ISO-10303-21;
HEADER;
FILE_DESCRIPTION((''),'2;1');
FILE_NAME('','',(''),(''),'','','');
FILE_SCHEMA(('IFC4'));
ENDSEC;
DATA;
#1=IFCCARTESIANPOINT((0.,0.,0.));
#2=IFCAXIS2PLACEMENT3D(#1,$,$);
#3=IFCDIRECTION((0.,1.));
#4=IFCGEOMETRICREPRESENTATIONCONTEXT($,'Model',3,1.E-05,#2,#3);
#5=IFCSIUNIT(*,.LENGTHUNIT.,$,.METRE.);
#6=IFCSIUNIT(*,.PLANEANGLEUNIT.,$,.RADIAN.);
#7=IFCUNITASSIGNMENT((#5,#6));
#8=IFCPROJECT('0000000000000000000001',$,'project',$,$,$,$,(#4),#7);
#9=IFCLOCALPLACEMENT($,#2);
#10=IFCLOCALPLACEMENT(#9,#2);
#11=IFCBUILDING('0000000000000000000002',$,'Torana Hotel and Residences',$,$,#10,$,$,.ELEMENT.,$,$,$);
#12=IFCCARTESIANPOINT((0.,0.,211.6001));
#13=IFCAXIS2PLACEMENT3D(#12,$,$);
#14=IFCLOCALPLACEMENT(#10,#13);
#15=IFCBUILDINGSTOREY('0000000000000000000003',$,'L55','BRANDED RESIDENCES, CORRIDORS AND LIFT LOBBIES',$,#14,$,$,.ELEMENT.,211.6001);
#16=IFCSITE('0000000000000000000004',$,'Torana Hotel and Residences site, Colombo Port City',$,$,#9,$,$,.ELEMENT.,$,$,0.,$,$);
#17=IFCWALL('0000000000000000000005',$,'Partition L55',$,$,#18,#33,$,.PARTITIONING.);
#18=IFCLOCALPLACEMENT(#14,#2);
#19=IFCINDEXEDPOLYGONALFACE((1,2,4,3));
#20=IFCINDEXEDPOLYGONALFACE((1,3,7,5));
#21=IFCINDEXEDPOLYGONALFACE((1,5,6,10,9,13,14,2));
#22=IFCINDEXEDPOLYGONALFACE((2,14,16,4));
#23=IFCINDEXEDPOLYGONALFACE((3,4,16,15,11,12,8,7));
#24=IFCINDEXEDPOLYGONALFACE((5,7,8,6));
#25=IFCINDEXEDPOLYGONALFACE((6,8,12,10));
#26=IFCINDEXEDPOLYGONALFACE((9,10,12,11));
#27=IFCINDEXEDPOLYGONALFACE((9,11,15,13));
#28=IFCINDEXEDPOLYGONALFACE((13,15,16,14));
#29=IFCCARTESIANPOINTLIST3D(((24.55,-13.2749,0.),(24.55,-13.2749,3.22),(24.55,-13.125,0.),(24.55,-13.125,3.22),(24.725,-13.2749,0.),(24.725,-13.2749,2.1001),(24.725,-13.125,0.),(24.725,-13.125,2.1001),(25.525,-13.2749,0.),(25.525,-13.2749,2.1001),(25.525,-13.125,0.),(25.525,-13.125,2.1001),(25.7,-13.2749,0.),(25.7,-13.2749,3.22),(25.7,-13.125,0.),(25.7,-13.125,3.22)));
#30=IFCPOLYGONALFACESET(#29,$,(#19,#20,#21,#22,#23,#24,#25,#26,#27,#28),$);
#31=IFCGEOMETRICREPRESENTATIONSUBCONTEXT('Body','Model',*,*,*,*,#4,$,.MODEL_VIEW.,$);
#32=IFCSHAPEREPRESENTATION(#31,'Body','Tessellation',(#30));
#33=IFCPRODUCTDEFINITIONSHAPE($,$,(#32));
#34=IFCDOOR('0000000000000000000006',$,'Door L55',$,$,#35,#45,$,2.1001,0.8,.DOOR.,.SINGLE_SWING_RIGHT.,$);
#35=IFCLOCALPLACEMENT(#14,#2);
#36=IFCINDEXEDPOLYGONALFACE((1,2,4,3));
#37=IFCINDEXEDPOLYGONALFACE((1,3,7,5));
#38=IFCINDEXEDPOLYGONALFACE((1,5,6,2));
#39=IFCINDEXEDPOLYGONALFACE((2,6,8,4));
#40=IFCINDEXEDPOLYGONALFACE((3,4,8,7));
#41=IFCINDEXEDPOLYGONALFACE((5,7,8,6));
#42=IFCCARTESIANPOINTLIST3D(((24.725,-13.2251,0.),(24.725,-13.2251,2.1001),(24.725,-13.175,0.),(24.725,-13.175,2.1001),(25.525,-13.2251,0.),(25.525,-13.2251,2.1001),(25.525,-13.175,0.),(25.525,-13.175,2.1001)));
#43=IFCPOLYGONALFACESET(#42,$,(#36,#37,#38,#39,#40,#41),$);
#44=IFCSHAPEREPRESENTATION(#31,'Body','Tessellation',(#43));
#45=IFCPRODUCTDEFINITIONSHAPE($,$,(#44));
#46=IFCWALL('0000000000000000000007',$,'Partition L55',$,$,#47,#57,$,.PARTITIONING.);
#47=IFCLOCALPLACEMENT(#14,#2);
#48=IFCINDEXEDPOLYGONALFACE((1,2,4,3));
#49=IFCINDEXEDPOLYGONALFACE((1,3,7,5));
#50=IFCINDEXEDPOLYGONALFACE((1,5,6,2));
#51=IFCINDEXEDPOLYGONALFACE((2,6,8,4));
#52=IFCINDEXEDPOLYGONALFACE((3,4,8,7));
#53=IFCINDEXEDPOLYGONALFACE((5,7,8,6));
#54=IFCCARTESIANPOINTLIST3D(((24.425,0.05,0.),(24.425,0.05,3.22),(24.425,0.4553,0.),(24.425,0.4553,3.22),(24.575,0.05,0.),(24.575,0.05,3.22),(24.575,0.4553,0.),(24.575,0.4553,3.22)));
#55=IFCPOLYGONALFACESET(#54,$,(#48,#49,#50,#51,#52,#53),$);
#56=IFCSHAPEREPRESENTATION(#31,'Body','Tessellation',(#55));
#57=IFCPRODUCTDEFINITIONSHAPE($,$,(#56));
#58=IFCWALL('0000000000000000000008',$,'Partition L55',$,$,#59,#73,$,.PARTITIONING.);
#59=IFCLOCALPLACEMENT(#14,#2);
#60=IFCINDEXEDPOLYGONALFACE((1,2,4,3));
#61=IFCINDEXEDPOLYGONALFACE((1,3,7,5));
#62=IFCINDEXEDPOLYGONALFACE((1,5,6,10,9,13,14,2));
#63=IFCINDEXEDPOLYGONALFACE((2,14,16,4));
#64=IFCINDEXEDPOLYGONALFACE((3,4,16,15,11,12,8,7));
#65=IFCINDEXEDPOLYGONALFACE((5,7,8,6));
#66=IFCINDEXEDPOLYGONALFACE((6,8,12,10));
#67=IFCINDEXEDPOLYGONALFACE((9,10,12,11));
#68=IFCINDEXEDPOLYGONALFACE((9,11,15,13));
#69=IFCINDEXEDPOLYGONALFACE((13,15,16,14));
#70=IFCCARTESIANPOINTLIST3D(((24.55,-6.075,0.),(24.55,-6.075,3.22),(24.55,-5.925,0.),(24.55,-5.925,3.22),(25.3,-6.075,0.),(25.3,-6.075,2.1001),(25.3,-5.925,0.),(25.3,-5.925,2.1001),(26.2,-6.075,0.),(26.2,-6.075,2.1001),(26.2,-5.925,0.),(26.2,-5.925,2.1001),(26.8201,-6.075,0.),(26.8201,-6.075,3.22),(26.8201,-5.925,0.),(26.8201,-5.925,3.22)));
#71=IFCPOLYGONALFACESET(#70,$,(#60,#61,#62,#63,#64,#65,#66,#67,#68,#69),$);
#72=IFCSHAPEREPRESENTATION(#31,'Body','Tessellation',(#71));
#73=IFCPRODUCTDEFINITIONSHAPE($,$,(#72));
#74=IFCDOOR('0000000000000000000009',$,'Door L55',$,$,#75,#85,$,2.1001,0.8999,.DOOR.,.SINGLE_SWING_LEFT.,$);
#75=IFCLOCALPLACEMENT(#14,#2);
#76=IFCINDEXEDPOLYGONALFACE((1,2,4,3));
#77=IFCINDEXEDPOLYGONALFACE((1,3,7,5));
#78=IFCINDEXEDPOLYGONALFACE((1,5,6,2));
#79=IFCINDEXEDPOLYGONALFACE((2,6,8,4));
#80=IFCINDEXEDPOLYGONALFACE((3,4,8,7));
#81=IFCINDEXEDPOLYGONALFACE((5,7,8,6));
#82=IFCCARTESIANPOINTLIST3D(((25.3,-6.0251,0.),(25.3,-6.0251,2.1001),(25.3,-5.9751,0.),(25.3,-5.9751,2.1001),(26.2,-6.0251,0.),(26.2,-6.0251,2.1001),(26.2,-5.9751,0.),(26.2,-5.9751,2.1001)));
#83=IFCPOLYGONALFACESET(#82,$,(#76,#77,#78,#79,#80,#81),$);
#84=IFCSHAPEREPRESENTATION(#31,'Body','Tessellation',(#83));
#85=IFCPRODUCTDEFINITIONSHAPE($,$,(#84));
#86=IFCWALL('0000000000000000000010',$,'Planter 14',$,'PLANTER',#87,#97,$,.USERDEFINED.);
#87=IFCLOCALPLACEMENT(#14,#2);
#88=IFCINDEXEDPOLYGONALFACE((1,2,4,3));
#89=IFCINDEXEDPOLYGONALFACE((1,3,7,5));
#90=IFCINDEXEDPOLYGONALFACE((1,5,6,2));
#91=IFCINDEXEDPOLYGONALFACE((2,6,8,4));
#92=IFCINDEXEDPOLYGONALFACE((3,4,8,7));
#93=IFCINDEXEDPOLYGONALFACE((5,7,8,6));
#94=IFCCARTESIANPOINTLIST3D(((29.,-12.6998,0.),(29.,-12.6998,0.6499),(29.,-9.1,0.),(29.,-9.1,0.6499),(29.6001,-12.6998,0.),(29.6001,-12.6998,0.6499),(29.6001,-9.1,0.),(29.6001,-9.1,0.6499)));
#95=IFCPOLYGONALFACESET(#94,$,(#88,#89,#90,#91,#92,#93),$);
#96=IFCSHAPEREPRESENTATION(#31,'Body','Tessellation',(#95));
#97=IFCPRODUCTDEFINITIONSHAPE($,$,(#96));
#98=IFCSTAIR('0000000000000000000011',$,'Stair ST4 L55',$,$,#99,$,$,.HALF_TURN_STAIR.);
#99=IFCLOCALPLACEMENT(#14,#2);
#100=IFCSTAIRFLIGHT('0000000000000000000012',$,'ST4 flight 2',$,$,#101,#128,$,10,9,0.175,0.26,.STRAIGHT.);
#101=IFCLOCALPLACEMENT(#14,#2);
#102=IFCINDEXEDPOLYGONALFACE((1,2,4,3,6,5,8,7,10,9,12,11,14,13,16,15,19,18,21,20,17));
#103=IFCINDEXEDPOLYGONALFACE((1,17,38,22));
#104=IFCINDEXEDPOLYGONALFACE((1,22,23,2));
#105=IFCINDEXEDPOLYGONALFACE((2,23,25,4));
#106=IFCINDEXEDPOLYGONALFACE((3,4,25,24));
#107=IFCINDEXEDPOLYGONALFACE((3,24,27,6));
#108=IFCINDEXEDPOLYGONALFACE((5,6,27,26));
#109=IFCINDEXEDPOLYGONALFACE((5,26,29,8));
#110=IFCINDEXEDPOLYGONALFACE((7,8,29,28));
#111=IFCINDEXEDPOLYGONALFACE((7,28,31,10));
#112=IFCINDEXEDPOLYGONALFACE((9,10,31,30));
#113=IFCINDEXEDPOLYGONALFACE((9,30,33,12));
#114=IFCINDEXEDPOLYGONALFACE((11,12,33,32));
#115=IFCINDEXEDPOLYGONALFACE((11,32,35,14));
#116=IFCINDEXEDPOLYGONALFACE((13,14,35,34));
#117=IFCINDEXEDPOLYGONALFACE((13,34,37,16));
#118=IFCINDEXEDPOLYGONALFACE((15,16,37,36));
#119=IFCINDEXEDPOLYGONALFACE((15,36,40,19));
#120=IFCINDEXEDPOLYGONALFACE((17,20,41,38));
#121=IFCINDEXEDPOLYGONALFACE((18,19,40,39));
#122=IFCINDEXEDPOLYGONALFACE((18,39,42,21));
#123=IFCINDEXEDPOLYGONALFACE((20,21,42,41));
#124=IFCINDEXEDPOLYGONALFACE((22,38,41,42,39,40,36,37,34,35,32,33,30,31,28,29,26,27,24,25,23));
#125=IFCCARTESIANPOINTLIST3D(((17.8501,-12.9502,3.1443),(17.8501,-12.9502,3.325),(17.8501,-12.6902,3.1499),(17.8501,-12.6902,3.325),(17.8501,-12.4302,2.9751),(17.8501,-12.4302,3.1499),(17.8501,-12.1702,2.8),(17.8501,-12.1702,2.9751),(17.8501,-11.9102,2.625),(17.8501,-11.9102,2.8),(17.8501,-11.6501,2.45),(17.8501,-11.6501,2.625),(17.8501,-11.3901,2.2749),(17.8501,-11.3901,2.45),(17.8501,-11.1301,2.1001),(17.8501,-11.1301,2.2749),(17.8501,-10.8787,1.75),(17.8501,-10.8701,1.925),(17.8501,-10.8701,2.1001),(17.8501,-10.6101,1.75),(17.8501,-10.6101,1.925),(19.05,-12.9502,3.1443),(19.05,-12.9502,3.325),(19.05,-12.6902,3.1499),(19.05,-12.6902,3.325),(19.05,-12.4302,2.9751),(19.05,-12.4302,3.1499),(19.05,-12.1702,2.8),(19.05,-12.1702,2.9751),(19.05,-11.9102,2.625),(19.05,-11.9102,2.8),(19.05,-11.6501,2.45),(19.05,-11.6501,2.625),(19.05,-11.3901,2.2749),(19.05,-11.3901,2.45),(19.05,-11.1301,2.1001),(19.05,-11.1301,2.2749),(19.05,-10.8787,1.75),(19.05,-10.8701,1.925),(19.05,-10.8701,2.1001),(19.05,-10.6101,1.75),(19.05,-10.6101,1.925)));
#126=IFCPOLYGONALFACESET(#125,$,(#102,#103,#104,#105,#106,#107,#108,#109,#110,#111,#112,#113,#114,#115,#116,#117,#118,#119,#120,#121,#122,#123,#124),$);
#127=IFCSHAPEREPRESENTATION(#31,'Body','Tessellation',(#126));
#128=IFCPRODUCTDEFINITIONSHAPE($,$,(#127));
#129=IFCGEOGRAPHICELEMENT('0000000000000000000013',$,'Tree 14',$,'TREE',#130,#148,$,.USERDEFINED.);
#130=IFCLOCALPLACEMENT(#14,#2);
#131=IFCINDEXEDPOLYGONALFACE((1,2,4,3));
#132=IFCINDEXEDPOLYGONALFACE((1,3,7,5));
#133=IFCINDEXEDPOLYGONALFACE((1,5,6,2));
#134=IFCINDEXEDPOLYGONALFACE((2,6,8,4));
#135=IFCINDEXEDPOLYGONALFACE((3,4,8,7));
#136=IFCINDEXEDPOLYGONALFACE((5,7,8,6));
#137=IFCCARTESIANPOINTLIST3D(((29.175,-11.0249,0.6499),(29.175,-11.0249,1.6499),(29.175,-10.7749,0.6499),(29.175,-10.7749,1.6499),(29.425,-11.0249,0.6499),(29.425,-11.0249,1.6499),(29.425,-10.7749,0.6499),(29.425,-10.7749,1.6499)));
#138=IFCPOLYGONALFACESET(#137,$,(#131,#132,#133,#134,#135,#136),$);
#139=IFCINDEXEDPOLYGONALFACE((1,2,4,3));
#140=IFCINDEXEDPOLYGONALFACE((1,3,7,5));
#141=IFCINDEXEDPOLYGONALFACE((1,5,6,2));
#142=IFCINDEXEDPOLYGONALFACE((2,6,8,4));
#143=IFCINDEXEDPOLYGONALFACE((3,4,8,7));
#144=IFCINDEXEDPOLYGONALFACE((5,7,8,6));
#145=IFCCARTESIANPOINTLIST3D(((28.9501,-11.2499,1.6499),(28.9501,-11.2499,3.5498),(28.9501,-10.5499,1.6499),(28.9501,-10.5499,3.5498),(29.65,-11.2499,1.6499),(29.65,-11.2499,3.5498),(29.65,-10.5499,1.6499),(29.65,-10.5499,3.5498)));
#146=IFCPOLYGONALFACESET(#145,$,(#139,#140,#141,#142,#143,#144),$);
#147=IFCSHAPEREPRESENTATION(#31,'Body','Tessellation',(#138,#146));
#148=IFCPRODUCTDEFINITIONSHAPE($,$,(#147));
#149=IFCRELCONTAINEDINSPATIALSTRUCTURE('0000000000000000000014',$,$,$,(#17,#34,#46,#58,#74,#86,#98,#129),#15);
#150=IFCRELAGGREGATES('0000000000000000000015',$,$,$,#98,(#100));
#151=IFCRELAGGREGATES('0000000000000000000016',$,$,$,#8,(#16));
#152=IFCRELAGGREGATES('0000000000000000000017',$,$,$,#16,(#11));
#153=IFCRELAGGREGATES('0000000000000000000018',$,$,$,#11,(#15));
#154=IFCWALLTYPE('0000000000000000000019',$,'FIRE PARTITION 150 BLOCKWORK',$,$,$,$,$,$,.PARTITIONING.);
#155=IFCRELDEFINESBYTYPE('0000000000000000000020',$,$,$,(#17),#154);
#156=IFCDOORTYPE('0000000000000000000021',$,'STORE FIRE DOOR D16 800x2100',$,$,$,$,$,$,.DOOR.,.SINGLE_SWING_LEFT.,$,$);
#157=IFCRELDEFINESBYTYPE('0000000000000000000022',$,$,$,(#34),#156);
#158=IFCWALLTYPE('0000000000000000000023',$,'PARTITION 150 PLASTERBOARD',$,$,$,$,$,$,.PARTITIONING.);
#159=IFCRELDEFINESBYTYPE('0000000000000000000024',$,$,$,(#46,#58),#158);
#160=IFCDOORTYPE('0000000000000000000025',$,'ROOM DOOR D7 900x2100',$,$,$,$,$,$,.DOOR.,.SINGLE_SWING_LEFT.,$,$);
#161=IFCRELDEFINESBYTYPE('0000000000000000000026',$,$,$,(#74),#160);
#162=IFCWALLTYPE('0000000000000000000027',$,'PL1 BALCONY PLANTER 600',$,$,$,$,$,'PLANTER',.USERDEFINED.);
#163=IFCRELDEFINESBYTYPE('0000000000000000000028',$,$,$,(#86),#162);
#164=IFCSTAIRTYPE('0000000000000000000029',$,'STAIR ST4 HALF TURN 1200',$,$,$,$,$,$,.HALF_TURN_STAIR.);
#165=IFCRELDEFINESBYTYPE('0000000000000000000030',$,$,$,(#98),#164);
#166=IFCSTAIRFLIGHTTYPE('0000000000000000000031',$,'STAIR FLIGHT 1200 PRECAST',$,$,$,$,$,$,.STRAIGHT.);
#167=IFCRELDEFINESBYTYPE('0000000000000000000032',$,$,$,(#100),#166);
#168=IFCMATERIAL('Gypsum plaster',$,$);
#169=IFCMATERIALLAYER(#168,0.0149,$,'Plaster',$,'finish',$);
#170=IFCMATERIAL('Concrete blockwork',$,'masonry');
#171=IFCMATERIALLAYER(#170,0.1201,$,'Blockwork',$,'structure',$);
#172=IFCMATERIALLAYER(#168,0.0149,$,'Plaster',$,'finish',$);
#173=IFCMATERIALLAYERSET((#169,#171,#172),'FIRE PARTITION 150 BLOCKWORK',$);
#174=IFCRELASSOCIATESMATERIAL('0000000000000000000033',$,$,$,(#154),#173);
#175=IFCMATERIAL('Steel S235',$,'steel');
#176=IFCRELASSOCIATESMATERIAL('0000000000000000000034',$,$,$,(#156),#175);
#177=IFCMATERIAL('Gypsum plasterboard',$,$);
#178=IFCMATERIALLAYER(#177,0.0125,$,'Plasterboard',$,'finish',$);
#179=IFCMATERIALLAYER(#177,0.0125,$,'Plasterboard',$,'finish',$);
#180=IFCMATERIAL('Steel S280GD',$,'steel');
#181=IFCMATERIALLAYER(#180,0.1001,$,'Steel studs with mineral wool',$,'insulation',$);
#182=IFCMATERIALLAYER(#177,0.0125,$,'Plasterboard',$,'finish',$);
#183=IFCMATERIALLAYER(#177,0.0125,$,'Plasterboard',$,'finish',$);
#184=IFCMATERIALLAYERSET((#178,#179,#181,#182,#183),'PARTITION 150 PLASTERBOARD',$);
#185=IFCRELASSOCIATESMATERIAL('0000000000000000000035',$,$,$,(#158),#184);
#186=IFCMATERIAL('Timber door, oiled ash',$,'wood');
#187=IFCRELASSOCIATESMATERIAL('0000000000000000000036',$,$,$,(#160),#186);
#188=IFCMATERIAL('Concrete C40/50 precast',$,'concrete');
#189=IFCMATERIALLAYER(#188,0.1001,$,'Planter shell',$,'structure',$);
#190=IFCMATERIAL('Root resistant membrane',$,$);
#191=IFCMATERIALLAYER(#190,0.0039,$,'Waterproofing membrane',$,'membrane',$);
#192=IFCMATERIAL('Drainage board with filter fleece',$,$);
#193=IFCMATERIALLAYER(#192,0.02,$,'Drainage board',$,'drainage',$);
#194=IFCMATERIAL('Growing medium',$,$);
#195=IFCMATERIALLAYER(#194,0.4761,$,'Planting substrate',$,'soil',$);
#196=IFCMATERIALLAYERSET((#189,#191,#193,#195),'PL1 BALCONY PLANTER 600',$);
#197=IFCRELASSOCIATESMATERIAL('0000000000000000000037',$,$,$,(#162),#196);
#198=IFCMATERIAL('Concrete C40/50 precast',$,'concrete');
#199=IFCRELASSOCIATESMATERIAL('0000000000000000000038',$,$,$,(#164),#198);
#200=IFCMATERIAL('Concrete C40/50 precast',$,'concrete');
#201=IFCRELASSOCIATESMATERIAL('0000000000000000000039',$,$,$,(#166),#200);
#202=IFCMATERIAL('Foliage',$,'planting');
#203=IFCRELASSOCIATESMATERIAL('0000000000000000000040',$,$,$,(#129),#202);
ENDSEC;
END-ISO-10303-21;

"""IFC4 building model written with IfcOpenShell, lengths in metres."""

from ifc_helpers import new_model, si_unit, direction, frame, frame_2d, origin, origin_2d, place, context, subcontext, project, spatial, polyline, rectangle, outline, extrude, material, layer, layer_set, type_object, element, fill, aggregate, save


model = new_model("IFC4")

# Units and contexts
model_context = context("Model", 3, precision=1e-05, world=origin(), true_north=direction((0.0, 1.0)))
body_context = subcontext(model_context, "Body", "Model", "MODEL_VIEW")
ifc_project = project(units=[si_unit("LENGTHUNIT", "METRE"), si_unit("PLANEANGLEUNIT", "RADIAN")], contexts=[model_context])

# Site, building, storey
site_placement = place(None, origin())
site = spatial("IfcSite", under=ifc_project, at=site_placement, Name="Torana Hotel and Residences site, Colombo Port City", CompositionType="ELEMENT", RefElevation=0.0)
building_placement = place(site_placement, origin())
building = spatial("IfcBuilding", under=site, at=building_placement, Name="Torana Hotel and Residences", CompositionType="ELEMENT")
storey_placement = place(building_placement, frame((0.0, 0.0, 211.6001)))
storey = spatial("IfcBuildingStorey", under=building, at=storey_placement, Name="L55", Description="BRANDED RESIDENCES, CORRIDORS AND LIFT LOBBIES", CompositionType="ELEMENT", Elevation=211.6001)

# Shared definitions
ifc_material_1 = material(Name="Steel S280GD", Category="steel")

# Shared definitions
ifc_material_2 = material(Name="Concrete C40/50 precast", Category="concrete")

# Wall, opening, door
ifc_material_3 = material(Name="Gypsum plaster")
ifc_layer_1 = layer(ifc_material_3, 0.0149, Name="Plaster", Category="finish")
ifc_material_4 = material(Name="Concrete blockwork", Category="masonry")
ifc_layer_2 = layer(ifc_material_4, 0.1201, Name="Blockwork", Category="structure")
ifc_layer_3 = layer(ifc_material_3, 0.0149, Name="Plaster", Category="finish")
ifc_layer_set_1 = layer_set([ifc_layer_1, ifc_layer_2, ifc_layer_3], Name="FIRE PARTITION 150 BLOCKWORK")
wall_type_1 = type_object("IfcWallType", Name="FIRE PARTITION 150 BLOCKWORK", PredefinedType="PARTITIONING", material=ifc_layer_set_1)
wall_1_placement = place(storey_placement, frame((24.55, -13.2, 0.0), z_axis=(0.0, 0.0, 1.0), x_axis=(1.0, 0.0, 0.0)))
wall_1 = element("IfcWall", 1, at=wall_1_placement, inside=storey, type_object=wall_type_1, Name="Partition L55", PredefinedType="PARTITIONING", context=body_context, shape_type="SweptSolid", body=[
    extrude(rectangle(XDim=1.1499, YDim=0.1499, at=frame_2d((0.575, 0.0))), origin(), (0.0, 0.0, 1.0), 3.22),
])
opening_1_placement = place(wall_1_placement, frame((0.175, 0.0, 0.0)))
opening_1 = element("IfcOpeningElement", 2, at=opening_1_placement, cuts=wall_1, PredefinedType="OPENING", context=body_context, shape_type="SweptSolid", body=[
    extrude(rectangle(XDim=0.8, YDim=2.1001, at=frame_2d((0.3999, 1.05))), frame((0.0, 0.085, 0.0), z_axis=(0.0, -1.0, 0.0), x_axis=(1.0, 0.0, 0.0)), (0.0, 0.0, 1.0), 0.1699),
])
ifc_material_5 = material(Name="Steel S235", Category="steel")
door_type_1 = type_object("IfcDoorType", Name="STORE FIRE DOOR D16 800x2100", OperationType="SINGLE_SWING_LEFT", PredefinedType="DOOR", material=ifc_material_5)
door_1_placement = place(opening_1_placement, origin())
door_1 = element("IfcDoor", 3, at=door_1_placement, inside=storey, type_object=door_type_1, Name="Door L55", OperationType="SINGLE_SWING_RIGHT", OverallHeight=2.1001, OverallWidth=0.8, PredefinedType="DOOR", context=body_context, shape_type="SweptSolid", body=[
    extrude(rectangle(XDim=0.8, YDim=2.1001, at=frame_2d((0.3999, 1.05))), frame((0.0, 0.0249, 0.0), z_axis=(0.0, -1.0, 0.0), x_axis=(1.0, 0.0, 0.0)), (0.0, 0.0, 1.0), 0.05),
])
fill(opening_1, door_1)

# Wall
ifc_material_6 = material(Name="Gypsum plasterboard")
ifc_layer_4 = layer(ifc_material_6, 0.0125, Name="Plasterboard", Category="finish")
ifc_layer_5 = layer(ifc_material_6, 0.0125, Name="Plasterboard", Category="finish")
ifc_layer_6 = layer(ifc_material_1, 0.1001, Name="Steel studs with mineral wool", Category="insulation")
ifc_layer_7 = layer(ifc_material_6, 0.0125, Name="Plasterboard", Category="finish")
ifc_layer_8 = layer(ifc_material_6, 0.0125, Name="Plasterboard", Category="finish")
ifc_layer_set_2 = layer_set([ifc_layer_4, ifc_layer_5, ifc_layer_6, ifc_layer_7, ifc_layer_8], Name="PARTITION 150 PLASTERBOARD")
wall_type_2 = type_object("IfcWallType", Name="PARTITION 150 PLASTERBOARD", PredefinedType="PARTITIONING", material=ifc_layer_set_2)
wall_2_placement = place(storey_placement, frame((24.5, 0.05, 0.0), z_axis=(0.0, 0.0, 1.0), x_axis=(0.0, 1.0, 0.0)))
element("IfcWall", 4, at=wall_2_placement, inside=storey, type_object=wall_type_2, Name="Partition L55", PredefinedType="PARTITIONING", context=body_context, shape_type="SweptSolid", body=[
    extrude(rectangle(XDim=0.4053, YDim=0.1499, at=frame_2d((0.2026, 0.0))), origin(), (0.0, 0.0, 1.0), 3.22),
])

# Wall, opening, door
wall_3_placement = place(storey_placement, frame((24.55, -6.0, 0.0), z_axis=(0.0, 0.0, 1.0), x_axis=(1.0, 0.0, 0.0)))
wall_3 = element("IfcWall", 5, at=wall_3_placement, inside=storey, type_object=wall_type_2, Name="Partition L55", PredefinedType="PARTITIONING", context=body_context, shape_type="SweptSolid", body=[
    extrude(rectangle(XDim=2.27, YDim=0.1499, at=frame_2d((1.135, 0.0))), origin(), (0.0, 0.0, 1.0), 3.22),
])
opening_2_placement = place(wall_3_placement, frame((0.75, 0.0, 0.0)))
opening_2 = element("IfcOpeningElement", 6, at=opening_2_placement, cuts=wall_3, PredefinedType="OPENING", context=body_context, shape_type="SweptSolid", body=[
    extrude(rectangle(XDim=0.8999, YDim=2.1001, at=frame_2d((0.45, 1.05))), frame((0.0, 0.085, 0.0), z_axis=(0.0, -1.0, 0.0), x_axis=(1.0, 0.0, 0.0)), (0.0, 0.0, 1.0), 0.1699),
])
ifc_material_7 = material(Name="Timber door, oiled ash", Category="wood")
door_type_2 = type_object("IfcDoorType", Name="ROOM DOOR D7 900x2100", OperationType="SINGLE_SWING_LEFT", PredefinedType="DOOR", material=ifc_material_7)
door_2_placement = place(opening_2_placement, origin())
door_2 = element("IfcDoor", 7, at=door_2_placement, inside=storey, type_object=door_type_2, Name="Door L55", OperationType="SINGLE_SWING_LEFT", OverallHeight=2.1001, OverallWidth=0.8999, PredefinedType="DOOR", context=body_context, shape_type="SweptSolid", body=[
    extrude(rectangle(XDim=0.8999, YDim=2.1001, at=frame_2d((0.45, 1.05))), frame((0.0, 0.0249, 0.0), z_axis=(0.0, -1.0, 0.0), x_axis=(1.0, 0.0, 0.0)), (0.0, 0.0, 1.0), 0.05),
])
fill(opening_2, door_2)

# Wall
ifc_layer_9 = layer(ifc_material_2, 0.1001, Name="Planter shell", Category="structure")
ifc_material_8 = material(Name="Root resistant membrane")
ifc_layer_10 = layer(ifc_material_8, 0.0039, Name="Waterproofing membrane", Category="membrane")
ifc_material_9 = material(Name="Drainage board with filter fleece")
ifc_layer_11 = layer(ifc_material_9, 0.02, Name="Drainage board", Category="drainage")
ifc_material_10 = material(Name="Growing medium")
ifc_layer_12 = layer(ifc_material_10, 0.4761, Name="Planting substrate", Category="soil")
ifc_layer_set_3 = layer_set([ifc_layer_9, ifc_layer_10, ifc_layer_11, ifc_layer_12], Name="PL1 BALCONY PLANTER 600")
wall_type_3 = type_object("IfcWallType", Name="PL1 BALCONY PLANTER 600", ElementType="PLANTER", PredefinedType="USERDEFINED", material=ifc_layer_set_3)
wall_4_placement = place(storey_placement, frame((29.3, -9.1001, 0.0), z_axis=(0.0, 0.0, 1.0), x_axis=(0.0, -1.0, 0.0)))
element("IfcWall", 8, at=wall_4_placement, inside=storey, type_object=wall_type_3, Name="Planter 14", ObjectType="PLANTER", PredefinedType="USERDEFINED", context=body_context, shape_type="SweptSolid", body=[
    extrude(rectangle(XDim=3.5999, YDim=0.6001, at=frame_2d((1.7998, 0.0))), origin(), (0.0, 0.0, 1.0), 0.6499),
])

# Stair, stair flight
ifc_material_11 = material(Name="Concrete C40/50 precast", Category="concrete")
stair_type = type_object("IfcStairType", Name="STAIR ST4 HALF TURN 1200", PredefinedType="HALF_TURN_STAIR", material=ifc_material_11)
stair_placement = place(storey_placement, origin())
stair = element("IfcStair", 9, at=stair_placement, inside=storey, type_object=stair_type, Name="Stair ST4 L55", PredefinedType="HALF_TURN_STAIR")
ifc_material_12 = material(Name="Concrete C40/50 precast", Category="concrete")
stair_flight_type = type_object("IfcStairFlightType", Name="STAIR FLIGHT 1200 PRECAST", PredefinedType="STRAIGHT", material=ifc_material_12)
stair_flight_placement = place(storey_placement, frame((18.45, -10.6101, 1.75), z_axis=(0.0, 0.0, 1.0), x_axis=(0.0, -1.0, 0.0)))
stair_flight = element("IfcStairFlight", 10, at=stair_flight_placement, type_object=stair_flight_type, Name="ST4 flight 2", NumberOfRisers=10, NumberOfTreads=9, PredefinedType="STRAIGHT", RiserHeight=0.175, TreadLength=0.26, context=body_context, shape_type="SweptSolid", body=[
    extrude(outline(polyline([(0.0, 0.0), (0.0, 0.175), (0.26, 0.175), (0.26, 0.3501), (0.52, 0.3501), (0.52, 0.5249), (0.78, 0.5249), (0.78, 0.7), (1.04, 0.7), (1.04, 0.875), (1.3, 0.875), (1.3, 1.05), (1.5601, 1.05), (1.5601, 1.2251), (1.8201, 1.2251), (1.8201, 1.3999), (2.0801, 1.3999), (2.0801, 1.575), (2.3401, 1.575), (2.3401, 1.75), (2.3401, 1.3943), (0.2686, 0.0), (0.0, 0.0)])), frame((0.0, 0.6001, 0.0), z_axis=(0.0, -1.0, 0.0), x_axis=(1.0, 0.0, 0.0)), (0.0, 0.0, 1.0), 1.2),
])
aggregate(stair, [stair_flight])

# Geographic element
ifc_material_13 = material(Name="Foliage", Category="planting")
geographic_element_placement = place(storey_placement, frame((29.3, -10.8999, 0.6499), z_axis=(0.0, 0.0, 1.0), x_axis=(1.0, 0.0, 0.0)))
element("IfcGeographicElement", 11, at=geographic_element_placement, inside=storey, material=ifc_material_13, Name="Tree 14", ObjectType="TREE", PredefinedType="USERDEFINED", context=body_context, shape_type="SweptSolid", body=[
    extrude(rectangle(XDim=0.25, YDim=0.25, at=origin_2d()), origin(), (0.0, 0.0, 1.0), 1.0),
    extrude(rectangle(XDim=0.7, YDim=0.7, at=origin_2d()), frame((0.0, 0.0, 1.0)), (0.0, 0.0, 1.0), 1.8999),
])

save(model, "model.ifc")
